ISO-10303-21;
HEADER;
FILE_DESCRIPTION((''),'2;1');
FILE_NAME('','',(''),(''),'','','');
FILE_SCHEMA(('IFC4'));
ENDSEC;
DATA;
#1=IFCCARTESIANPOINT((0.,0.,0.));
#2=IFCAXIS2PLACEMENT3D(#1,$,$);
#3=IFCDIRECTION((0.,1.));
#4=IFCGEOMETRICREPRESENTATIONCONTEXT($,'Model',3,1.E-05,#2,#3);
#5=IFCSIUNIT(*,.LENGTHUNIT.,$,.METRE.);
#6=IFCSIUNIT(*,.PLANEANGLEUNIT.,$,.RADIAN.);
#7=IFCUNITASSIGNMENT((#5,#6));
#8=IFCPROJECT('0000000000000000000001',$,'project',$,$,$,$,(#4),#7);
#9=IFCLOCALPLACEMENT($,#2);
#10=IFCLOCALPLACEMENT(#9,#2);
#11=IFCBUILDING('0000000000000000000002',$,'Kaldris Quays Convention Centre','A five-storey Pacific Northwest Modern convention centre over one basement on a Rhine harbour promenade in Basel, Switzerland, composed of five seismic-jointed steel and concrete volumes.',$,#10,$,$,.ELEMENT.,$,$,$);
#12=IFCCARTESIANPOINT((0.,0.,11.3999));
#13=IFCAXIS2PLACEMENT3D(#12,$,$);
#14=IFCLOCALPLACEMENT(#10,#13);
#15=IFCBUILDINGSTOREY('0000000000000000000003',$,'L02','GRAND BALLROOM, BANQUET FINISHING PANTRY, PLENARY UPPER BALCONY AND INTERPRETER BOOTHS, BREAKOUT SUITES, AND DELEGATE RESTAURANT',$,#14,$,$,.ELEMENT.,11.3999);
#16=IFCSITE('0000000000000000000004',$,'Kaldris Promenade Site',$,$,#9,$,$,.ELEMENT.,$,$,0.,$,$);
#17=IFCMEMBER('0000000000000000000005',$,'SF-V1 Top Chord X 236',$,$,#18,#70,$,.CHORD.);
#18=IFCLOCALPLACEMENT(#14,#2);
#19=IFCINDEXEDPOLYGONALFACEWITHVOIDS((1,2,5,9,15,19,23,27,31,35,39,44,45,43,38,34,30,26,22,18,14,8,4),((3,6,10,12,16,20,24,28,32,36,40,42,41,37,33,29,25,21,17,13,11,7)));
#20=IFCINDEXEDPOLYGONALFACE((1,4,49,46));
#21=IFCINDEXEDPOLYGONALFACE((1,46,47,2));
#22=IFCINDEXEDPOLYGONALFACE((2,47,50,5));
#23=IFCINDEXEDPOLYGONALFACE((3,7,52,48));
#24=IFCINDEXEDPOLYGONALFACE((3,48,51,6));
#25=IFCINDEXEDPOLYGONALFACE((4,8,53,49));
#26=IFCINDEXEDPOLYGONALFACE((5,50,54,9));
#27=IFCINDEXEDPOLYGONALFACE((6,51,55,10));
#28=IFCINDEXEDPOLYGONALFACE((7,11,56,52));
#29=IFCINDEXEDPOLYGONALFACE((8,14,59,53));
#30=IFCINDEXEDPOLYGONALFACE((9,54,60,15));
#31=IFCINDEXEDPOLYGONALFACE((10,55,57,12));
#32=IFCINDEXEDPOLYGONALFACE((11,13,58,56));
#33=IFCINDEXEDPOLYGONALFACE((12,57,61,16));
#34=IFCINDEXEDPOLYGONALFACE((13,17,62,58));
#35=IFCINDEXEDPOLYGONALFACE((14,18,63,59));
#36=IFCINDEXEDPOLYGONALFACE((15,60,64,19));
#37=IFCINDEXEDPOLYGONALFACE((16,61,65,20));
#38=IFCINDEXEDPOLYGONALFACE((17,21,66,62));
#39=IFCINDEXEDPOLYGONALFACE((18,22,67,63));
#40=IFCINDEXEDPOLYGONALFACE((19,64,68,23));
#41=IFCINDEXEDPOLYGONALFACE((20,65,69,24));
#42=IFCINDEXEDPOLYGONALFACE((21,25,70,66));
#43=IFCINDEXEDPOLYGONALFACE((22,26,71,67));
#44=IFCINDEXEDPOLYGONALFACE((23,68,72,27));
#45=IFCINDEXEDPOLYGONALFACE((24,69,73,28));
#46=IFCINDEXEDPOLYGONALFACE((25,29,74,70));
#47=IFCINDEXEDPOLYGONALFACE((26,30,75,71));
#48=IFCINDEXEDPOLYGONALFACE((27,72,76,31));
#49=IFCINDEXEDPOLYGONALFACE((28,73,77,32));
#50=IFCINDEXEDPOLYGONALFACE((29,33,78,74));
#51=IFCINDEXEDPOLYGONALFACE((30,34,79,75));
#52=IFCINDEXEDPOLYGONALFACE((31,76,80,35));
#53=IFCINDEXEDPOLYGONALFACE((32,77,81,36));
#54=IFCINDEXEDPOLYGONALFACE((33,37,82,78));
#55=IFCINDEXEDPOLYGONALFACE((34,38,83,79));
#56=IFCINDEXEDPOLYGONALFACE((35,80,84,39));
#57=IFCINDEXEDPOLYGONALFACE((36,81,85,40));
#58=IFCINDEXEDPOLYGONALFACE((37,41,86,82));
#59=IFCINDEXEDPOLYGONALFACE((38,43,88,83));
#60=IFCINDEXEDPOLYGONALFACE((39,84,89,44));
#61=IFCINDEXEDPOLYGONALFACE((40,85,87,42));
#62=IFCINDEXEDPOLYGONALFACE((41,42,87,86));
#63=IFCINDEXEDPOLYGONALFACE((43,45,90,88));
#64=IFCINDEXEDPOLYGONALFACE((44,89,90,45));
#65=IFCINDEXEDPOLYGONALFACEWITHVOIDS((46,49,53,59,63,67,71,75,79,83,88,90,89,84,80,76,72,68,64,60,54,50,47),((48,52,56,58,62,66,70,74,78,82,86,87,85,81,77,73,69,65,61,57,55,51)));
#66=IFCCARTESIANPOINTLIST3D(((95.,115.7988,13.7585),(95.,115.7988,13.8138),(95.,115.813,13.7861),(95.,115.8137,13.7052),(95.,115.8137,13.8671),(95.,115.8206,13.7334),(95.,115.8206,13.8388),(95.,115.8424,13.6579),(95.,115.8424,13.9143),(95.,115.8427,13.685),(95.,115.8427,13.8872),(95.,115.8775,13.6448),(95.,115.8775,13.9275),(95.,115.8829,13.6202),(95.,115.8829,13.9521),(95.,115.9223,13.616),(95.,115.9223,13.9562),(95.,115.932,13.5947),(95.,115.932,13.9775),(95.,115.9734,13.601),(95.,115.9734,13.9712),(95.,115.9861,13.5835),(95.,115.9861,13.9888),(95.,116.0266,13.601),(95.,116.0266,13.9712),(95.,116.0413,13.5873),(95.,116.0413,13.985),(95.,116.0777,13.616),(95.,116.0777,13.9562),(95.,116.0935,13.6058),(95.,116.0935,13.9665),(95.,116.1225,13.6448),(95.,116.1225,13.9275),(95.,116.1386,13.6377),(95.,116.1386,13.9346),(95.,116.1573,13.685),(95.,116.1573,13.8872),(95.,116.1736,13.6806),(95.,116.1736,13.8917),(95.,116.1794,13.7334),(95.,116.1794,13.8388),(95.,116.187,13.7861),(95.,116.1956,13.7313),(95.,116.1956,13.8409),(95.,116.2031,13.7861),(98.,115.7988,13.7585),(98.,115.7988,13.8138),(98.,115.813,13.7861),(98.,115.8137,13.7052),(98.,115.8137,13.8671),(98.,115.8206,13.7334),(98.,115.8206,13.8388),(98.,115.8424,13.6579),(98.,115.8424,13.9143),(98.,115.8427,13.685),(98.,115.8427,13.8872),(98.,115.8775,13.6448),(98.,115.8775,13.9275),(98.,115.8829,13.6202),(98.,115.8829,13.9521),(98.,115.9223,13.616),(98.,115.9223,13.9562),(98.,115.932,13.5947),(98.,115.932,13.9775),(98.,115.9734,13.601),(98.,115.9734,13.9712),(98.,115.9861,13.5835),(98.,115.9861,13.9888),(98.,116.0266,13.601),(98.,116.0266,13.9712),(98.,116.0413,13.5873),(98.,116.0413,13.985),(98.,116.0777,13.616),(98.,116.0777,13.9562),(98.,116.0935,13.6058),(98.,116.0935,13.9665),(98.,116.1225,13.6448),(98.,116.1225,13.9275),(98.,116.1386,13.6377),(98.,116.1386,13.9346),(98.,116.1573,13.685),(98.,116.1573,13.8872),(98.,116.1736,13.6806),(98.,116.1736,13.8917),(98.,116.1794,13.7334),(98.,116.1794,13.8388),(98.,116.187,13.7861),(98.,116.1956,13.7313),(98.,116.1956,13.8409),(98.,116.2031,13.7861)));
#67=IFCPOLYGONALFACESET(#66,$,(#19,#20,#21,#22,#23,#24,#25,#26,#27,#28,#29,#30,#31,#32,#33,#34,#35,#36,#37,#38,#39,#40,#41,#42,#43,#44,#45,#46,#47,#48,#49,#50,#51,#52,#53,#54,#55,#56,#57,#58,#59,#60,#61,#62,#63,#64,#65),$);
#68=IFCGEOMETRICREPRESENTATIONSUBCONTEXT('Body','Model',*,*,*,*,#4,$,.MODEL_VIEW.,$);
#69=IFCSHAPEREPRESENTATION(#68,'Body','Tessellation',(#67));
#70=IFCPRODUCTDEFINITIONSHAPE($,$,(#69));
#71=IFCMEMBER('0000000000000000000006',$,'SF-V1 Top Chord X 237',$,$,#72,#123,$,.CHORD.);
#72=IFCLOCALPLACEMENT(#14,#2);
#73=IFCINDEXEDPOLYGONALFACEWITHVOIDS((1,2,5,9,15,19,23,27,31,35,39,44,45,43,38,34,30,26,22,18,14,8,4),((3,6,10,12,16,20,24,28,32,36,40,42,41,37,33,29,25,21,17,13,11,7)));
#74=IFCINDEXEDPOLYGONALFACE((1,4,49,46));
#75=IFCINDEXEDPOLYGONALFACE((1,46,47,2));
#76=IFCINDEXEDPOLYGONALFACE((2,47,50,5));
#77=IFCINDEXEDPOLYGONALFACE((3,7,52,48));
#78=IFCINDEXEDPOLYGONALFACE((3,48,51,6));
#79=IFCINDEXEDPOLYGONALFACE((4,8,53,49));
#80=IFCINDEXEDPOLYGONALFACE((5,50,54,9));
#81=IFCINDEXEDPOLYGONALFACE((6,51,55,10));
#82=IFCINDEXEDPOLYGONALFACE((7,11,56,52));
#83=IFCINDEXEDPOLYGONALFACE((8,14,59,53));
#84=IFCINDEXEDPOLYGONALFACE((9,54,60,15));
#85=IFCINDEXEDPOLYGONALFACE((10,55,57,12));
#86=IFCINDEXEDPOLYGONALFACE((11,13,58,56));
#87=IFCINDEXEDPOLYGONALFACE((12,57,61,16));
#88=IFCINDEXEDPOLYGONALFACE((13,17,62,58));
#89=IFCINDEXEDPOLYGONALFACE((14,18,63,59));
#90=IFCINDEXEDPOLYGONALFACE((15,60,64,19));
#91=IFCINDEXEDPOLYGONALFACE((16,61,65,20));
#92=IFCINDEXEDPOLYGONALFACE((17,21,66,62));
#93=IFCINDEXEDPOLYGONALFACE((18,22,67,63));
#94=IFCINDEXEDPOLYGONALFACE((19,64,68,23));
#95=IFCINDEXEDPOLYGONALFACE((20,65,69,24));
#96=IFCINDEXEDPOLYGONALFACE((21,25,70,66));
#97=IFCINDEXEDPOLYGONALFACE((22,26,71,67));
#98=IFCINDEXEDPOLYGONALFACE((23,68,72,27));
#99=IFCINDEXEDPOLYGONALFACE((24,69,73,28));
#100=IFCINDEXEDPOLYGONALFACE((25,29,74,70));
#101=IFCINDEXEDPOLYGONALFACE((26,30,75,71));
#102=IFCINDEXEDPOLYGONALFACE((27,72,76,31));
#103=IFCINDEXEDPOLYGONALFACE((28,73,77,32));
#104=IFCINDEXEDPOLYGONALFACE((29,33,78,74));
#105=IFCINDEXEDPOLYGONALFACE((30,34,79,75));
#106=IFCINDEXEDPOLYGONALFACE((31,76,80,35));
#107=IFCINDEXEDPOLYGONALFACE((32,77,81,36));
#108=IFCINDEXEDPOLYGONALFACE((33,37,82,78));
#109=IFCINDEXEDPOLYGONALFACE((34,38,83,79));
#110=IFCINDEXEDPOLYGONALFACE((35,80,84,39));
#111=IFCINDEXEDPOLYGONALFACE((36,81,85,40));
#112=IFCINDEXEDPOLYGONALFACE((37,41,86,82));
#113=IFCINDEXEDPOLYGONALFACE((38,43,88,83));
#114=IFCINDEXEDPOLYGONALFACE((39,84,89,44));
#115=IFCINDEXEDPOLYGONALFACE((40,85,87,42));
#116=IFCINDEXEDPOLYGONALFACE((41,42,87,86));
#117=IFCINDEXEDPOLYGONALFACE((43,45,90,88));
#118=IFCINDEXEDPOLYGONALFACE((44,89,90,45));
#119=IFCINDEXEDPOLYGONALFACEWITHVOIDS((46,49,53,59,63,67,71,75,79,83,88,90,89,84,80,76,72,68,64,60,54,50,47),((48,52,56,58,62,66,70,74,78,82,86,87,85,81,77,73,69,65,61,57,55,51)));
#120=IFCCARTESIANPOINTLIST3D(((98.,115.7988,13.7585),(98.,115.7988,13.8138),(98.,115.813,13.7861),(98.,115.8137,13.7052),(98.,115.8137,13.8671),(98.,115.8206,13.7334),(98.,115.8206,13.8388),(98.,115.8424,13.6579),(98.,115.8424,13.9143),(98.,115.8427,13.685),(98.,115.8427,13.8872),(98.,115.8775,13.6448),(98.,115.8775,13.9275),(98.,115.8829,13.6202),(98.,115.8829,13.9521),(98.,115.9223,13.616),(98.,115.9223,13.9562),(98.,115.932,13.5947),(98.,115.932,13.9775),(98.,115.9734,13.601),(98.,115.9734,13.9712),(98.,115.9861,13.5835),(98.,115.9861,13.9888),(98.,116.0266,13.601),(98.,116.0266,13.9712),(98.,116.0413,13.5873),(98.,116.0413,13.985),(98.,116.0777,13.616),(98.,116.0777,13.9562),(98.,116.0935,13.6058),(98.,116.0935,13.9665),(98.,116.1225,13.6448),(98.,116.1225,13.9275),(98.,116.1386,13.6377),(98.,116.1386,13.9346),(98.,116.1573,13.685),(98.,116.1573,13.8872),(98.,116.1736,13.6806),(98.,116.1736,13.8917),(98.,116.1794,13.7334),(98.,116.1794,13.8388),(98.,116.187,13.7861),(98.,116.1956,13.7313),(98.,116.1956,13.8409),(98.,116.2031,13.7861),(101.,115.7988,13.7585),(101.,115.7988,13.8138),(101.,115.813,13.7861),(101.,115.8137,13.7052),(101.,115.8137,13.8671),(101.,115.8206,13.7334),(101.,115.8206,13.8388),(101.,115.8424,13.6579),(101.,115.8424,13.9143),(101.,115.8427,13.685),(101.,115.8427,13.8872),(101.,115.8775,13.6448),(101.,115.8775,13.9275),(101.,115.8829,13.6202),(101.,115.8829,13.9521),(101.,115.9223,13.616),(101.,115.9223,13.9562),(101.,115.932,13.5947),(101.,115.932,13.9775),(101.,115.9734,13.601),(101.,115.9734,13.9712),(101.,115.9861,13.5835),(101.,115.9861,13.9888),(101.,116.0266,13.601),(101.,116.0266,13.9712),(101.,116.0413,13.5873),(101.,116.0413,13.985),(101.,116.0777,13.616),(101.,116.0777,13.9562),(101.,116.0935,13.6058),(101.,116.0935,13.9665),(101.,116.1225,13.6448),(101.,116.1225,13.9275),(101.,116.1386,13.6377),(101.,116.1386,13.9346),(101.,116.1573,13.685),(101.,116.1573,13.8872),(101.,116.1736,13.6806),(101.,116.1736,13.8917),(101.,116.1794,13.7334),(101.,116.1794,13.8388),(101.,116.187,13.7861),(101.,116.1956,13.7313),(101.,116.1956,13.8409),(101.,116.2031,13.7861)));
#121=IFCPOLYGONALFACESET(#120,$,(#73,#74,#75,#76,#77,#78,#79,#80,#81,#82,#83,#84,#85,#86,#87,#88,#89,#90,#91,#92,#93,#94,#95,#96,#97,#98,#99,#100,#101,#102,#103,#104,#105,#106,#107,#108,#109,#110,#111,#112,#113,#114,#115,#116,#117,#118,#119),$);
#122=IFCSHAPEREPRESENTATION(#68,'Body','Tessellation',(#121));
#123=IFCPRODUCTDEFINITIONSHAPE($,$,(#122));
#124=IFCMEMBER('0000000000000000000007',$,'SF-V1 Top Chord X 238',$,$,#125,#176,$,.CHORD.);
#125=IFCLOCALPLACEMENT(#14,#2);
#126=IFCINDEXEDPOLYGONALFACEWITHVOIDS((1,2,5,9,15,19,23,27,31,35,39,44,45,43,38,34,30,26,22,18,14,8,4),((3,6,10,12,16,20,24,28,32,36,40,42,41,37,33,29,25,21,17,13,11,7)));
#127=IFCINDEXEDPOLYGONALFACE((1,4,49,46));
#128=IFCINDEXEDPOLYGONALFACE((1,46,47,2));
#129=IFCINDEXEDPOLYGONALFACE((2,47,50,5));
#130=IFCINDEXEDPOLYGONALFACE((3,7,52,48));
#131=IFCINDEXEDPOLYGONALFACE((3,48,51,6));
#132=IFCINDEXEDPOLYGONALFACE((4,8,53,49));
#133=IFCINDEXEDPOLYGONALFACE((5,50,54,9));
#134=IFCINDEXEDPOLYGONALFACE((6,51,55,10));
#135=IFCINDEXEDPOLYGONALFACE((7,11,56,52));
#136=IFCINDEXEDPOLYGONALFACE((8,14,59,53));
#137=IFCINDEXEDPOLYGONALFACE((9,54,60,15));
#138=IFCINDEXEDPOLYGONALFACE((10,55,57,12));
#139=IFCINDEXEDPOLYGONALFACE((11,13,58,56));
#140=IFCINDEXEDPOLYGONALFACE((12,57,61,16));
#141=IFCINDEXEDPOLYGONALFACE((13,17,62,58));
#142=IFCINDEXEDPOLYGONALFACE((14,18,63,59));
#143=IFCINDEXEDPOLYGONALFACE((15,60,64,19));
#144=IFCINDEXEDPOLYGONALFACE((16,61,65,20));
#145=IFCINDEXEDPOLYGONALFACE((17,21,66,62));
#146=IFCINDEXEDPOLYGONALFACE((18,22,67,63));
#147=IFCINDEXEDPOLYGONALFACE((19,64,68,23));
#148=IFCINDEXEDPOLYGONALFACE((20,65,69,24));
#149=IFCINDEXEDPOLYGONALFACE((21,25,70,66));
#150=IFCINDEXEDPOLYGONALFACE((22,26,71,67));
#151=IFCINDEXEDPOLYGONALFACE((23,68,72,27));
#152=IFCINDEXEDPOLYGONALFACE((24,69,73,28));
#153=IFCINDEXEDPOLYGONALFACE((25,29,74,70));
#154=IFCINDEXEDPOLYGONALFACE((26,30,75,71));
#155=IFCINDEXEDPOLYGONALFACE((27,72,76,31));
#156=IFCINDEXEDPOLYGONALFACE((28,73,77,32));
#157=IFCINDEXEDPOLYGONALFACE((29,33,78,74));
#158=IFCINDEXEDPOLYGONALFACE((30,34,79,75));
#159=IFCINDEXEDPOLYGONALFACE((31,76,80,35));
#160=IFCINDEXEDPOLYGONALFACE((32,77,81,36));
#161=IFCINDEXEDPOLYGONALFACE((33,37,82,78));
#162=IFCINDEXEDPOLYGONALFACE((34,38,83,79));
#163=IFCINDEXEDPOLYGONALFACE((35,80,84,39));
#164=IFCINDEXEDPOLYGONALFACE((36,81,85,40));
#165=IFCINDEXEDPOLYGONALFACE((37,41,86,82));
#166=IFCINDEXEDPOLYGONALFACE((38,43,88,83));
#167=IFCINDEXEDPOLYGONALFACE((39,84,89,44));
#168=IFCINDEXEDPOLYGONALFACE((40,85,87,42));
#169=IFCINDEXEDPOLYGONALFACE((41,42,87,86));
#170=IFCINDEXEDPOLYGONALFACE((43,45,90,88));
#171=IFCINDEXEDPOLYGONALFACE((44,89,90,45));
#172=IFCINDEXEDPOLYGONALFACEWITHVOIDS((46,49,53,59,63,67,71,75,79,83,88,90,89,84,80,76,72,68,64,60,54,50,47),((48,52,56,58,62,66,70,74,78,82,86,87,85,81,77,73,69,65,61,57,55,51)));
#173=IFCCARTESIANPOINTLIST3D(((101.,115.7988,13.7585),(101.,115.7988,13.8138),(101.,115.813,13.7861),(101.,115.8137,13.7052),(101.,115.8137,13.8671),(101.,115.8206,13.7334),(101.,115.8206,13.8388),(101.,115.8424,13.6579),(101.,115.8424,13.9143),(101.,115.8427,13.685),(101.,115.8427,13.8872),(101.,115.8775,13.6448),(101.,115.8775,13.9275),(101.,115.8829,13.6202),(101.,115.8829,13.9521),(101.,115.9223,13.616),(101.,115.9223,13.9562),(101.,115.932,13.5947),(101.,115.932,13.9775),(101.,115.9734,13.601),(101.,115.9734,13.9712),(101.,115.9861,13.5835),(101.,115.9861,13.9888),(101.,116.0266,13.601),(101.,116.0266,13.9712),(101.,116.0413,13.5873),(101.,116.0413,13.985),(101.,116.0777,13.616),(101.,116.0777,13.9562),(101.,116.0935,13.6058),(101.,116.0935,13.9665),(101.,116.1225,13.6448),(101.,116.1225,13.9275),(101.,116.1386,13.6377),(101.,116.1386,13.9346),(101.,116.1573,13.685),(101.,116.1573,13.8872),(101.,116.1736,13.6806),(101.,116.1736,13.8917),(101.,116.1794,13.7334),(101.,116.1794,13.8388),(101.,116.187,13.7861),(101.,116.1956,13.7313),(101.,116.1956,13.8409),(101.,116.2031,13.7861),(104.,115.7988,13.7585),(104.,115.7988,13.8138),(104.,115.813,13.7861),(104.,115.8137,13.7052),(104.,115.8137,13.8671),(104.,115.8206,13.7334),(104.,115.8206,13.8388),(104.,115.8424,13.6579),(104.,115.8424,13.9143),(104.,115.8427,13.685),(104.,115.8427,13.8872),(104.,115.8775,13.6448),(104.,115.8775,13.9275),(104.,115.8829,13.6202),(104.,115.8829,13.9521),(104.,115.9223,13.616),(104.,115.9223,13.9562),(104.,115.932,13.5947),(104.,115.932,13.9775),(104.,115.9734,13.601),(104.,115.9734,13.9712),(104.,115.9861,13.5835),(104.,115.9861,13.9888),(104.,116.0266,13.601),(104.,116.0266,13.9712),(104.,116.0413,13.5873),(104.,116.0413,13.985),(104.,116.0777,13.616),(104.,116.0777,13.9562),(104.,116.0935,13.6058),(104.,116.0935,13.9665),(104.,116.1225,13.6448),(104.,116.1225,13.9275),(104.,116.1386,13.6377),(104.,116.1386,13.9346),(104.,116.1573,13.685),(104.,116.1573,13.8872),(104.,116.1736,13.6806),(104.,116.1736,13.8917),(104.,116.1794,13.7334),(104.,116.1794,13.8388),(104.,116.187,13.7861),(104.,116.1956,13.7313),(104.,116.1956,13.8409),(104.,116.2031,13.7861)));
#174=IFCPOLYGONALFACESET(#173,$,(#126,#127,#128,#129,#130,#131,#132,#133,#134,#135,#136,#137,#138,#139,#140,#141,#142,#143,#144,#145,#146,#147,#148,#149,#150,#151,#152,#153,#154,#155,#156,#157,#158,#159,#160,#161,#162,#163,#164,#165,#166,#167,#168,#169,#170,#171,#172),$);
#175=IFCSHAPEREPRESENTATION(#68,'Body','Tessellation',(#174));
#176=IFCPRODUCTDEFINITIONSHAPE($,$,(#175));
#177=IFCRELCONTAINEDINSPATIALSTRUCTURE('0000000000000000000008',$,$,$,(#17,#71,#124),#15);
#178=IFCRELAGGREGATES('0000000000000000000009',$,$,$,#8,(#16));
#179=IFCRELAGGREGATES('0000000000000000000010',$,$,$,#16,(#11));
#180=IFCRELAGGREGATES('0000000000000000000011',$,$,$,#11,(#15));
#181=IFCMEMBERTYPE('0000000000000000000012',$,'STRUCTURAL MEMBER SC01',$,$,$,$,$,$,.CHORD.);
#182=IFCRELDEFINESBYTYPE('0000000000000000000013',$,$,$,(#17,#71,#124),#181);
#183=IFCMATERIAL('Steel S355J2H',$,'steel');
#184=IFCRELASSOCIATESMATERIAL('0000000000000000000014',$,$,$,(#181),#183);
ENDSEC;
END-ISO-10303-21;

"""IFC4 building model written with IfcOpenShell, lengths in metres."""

from ifc_helpers import new_model, si_unit, direction, frame, origin, origin_2d, place, context, subcontext, project, spatial, hollow_circle, extrude, material, material_profile, profile_set, type_object, element, save


model = new_model("IFC4")

# Units and contexts
model_context = context("Model", 3, precision=1e-05, world=origin(), true_north=direction((0.0, 1.0)))
body_context = subcontext(model_context, "Body", "Model", "MODEL_VIEW")
ifc_project = project(units=[si_unit("LENGTHUNIT", "METRE"), si_unit("PLANEANGLEUNIT", "RADIAN")], contexts=[model_context])

# Site, building, storey
site_placement = place(None, origin())
site = spatial("IfcSite", under=ifc_project, at=site_placement, Name="Kaldris Promenade Site", CompositionType="ELEMENT", RefElevation=0.0)
building_placement = place(site_placement, origin())
building = spatial("IfcBuilding", under=site, at=building_placement, Name="Kaldris Quays Convention Centre", Description="A five-storey Pacific Northwest Modern convention centre over one basement on a Rhine harbour promenade in Basel, Switzerland, composed of five seismic-jointed steel and concrete volumes.", CompositionType="ELEMENT")
storey_placement = place(building_placement, frame((0.0, 0.0, 11.3999)))
storey = spatial("IfcBuildingStorey", under=building, at=storey_placement, Name="L02", Description="GRAND BALLROOM, BANQUET FINISHING PANTRY, PLENARY UPPER BALCONY AND INTERPRETER BOOTHS, BREAKOUT SUITES, AND DELEGATE RESTAURANT", CompositionType="ELEMENT", Elevation=11.3999)

# Members
ifc_material = material(Name="Steel S355J2H", Category="steel")
ifc_material_profile_1 = material_profile(ifc_material, hollow_circle(Radius=0.2031, WallThickness=0.0161, at=origin_2d()), Name="CHS 406.4x16")
ifc_profile_set_1 = profile_set([ifc_material_profile_1], Name="Steel S355J2H")
member_type_1 = type_object("IfcMemberType", Name="STRUCTURAL MEMBER SC01", PredefinedType="CHORD", material=ifc_profile_set_1)
for number, where, z_axis, x_axis, name in (
    (1, (95.0, 116.0, 13.7861), (1.0, 0.0, 0.0), (0.0, 1.0, 0.0), "SF-V1 Top Chord X 236"),
    (2, (98.0, 116.0, 13.7861), (1.0, 0.0, 0.0), (0.0, 1.0, 0.0), "SF-V1 Top Chord X 237"),
    (3, (101.0, 116.0, 13.7861), (1.0, 0.0, 0.0), (0.0, 1.0, 0.0), "SF-V1 Top Chord X 238"),
):
    element("IfcMember", number, at=place(storey_placement, frame(where, z_axis=z_axis, x_axis=x_axis)), inside=storey, type_object=member_type_1, Name=name, PredefinedType="CHORD", context=body_context, shape_type="SweptSolid", body=[
        extrude(hollow_circle(Radius=0.2031, WallThickness=0.0161, at=origin_2d()), origin(), (0.0, 0.0, 1.0), 3.0),
    ])

save(model, "model.ifc")
